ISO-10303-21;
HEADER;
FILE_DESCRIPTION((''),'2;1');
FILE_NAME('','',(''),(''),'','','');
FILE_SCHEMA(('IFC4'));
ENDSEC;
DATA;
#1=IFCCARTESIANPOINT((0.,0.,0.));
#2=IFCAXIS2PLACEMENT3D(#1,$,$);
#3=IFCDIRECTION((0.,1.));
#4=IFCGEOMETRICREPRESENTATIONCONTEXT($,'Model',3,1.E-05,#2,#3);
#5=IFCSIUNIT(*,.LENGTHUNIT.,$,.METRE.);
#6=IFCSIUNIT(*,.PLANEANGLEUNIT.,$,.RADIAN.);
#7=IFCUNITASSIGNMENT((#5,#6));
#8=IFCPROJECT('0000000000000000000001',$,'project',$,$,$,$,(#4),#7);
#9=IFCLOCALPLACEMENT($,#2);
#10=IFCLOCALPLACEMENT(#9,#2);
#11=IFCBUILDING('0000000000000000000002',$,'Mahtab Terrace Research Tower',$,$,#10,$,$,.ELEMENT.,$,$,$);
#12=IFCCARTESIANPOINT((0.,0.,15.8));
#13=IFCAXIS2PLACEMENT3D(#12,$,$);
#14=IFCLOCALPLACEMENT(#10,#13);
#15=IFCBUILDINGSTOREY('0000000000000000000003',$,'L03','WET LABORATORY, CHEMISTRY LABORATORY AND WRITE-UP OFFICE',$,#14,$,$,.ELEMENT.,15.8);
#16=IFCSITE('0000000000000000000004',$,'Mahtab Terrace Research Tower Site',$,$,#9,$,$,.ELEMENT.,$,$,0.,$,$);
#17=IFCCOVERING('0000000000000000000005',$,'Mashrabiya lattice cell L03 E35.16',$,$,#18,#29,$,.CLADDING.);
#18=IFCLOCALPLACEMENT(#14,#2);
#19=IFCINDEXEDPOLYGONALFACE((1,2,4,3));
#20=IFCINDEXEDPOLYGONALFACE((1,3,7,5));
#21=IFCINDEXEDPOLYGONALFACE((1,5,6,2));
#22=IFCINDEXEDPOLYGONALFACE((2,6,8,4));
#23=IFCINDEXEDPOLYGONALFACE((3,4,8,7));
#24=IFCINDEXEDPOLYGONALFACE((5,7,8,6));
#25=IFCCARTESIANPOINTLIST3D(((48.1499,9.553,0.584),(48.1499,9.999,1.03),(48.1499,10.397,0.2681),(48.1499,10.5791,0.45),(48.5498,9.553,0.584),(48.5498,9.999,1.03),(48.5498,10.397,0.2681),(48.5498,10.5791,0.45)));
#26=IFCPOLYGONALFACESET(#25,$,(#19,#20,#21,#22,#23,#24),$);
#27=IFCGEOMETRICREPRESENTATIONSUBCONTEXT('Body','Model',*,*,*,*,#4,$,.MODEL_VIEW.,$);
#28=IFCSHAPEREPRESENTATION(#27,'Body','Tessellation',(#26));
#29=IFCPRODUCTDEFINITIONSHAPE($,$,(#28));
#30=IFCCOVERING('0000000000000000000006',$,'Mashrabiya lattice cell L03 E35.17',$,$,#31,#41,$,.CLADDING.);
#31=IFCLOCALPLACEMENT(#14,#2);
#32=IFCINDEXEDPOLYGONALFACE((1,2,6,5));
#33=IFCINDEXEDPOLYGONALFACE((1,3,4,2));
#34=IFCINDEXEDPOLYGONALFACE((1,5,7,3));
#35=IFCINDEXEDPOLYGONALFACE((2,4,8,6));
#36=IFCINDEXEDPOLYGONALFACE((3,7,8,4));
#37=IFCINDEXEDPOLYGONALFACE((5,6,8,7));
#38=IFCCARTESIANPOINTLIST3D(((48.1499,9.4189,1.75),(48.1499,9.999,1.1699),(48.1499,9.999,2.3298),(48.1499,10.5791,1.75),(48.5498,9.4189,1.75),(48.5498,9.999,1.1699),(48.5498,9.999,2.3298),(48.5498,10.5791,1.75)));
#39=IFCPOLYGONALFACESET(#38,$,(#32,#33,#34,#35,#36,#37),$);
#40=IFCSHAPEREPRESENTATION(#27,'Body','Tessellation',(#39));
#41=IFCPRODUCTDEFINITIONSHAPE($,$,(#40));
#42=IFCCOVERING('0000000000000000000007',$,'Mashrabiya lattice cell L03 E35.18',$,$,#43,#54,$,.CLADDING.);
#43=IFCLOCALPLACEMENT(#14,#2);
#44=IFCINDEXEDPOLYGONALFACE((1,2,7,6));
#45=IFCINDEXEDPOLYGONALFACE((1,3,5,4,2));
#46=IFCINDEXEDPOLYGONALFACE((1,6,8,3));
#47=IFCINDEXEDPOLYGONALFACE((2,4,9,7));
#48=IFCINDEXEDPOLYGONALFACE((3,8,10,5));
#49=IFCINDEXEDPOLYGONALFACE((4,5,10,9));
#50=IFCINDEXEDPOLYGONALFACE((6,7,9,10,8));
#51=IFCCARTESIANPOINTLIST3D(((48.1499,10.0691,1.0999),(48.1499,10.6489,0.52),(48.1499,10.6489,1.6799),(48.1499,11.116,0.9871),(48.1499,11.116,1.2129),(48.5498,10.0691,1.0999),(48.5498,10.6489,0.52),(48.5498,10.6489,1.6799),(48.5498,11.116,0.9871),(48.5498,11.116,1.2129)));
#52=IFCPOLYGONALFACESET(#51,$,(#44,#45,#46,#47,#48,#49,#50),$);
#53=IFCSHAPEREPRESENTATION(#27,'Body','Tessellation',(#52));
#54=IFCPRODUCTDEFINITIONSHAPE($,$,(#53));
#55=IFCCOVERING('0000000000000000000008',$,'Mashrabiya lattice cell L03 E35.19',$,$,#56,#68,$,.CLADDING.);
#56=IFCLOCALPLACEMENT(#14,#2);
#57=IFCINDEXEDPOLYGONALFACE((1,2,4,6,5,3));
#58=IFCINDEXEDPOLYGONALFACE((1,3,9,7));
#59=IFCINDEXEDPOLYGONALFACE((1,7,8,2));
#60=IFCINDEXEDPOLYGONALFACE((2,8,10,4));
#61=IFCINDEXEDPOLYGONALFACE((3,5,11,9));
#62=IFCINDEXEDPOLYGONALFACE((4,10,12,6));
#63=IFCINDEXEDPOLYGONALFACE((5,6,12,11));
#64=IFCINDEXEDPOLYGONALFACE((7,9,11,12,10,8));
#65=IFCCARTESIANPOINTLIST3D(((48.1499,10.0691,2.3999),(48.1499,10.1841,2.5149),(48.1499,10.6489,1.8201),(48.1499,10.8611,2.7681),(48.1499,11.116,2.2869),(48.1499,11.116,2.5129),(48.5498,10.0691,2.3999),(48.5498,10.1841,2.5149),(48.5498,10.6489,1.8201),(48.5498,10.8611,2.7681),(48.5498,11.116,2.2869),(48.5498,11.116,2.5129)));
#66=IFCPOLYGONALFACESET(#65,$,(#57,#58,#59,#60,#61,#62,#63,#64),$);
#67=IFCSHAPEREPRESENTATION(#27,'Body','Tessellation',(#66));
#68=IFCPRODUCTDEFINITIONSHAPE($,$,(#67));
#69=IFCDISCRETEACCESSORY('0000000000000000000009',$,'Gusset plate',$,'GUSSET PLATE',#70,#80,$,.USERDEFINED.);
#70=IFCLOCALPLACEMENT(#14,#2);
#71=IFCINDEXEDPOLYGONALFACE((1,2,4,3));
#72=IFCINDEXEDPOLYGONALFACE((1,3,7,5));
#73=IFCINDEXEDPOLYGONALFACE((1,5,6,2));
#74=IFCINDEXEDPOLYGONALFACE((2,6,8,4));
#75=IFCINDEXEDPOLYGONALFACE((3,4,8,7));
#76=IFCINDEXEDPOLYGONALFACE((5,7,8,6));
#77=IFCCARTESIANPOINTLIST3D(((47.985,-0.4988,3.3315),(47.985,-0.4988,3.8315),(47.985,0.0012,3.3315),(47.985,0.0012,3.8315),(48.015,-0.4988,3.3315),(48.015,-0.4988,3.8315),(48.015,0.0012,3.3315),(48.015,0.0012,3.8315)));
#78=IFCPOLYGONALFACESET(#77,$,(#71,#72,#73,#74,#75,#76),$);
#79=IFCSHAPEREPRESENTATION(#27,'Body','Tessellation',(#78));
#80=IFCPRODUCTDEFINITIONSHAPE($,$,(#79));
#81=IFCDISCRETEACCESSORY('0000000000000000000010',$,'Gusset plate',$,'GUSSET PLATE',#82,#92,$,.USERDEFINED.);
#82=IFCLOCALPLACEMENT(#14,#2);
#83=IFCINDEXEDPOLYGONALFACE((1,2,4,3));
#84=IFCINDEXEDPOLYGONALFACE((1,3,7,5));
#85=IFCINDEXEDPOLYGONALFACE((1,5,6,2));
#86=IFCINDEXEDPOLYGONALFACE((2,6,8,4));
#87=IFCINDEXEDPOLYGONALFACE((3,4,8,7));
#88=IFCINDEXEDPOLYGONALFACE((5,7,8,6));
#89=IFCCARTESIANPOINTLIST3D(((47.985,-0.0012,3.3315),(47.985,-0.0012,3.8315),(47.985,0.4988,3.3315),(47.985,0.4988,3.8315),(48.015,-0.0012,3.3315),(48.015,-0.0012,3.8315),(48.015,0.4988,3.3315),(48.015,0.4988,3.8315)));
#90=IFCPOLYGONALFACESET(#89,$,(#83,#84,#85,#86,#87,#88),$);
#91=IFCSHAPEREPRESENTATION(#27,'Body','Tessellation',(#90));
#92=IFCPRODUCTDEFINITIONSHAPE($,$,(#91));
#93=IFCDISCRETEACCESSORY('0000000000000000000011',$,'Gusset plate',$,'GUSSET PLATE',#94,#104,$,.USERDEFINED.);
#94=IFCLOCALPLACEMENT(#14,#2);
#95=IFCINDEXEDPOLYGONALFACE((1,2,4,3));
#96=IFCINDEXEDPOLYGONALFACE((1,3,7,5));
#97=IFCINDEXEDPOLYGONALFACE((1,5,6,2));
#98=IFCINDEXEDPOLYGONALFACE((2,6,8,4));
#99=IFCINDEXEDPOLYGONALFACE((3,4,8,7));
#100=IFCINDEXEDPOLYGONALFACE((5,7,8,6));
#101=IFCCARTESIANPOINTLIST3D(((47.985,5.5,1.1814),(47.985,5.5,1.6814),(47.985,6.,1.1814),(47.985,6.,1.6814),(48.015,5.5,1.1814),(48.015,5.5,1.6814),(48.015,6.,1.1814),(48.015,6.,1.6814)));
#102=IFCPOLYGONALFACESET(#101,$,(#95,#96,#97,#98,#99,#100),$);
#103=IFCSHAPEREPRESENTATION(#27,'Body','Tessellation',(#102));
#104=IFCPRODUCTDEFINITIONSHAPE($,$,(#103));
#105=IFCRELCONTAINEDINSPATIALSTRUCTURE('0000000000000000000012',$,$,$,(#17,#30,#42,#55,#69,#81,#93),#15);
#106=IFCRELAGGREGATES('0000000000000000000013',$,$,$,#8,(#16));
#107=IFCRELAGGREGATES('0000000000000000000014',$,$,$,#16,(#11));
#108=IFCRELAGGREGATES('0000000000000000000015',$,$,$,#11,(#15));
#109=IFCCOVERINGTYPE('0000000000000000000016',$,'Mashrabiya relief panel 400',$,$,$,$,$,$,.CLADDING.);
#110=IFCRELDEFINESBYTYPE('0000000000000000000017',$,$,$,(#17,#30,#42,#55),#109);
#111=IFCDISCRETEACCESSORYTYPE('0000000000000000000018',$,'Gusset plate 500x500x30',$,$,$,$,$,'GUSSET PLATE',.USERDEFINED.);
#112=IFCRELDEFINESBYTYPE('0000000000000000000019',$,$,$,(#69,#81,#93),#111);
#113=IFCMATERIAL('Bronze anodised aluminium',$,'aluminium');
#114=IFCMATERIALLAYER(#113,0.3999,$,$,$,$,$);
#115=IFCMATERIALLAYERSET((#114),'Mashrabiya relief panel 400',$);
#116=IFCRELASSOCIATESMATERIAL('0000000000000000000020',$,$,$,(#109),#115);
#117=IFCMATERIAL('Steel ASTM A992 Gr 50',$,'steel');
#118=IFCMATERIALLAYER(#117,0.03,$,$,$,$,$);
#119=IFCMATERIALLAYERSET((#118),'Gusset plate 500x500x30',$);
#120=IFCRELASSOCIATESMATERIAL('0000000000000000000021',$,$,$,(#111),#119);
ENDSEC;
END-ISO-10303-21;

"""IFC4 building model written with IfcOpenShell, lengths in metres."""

from ifc_helpers import new_model, si_unit, direction, frame, origin, origin_2d, place, context, subcontext, project, spatial, polyline, rectangle, outline, extrude, material, layer, layer_set, type_object, element, save


model = new_model("IFC4")

# Units and contexts
model_context = context("Model", 3, precision=1e-05, world=origin(), true_north=direction((0.0, 1.0)))
body_context = subcontext(model_context, "Body", "Model", "MODEL_VIEW")
ifc_project = project(units=[si_unit("LENGTHUNIT", "METRE"), si_unit("PLANEANGLEUNIT", "RADIAN")], contexts=[model_context])

# Site, building, storey
site_placement = place(None, origin())
site = spatial("IfcSite", under=ifc_project, at=site_placement, Name="Mahtab Terrace Research Tower Site", CompositionType="ELEMENT", RefElevation=0.0)
building_placement = place(site_placement, origin())
building = spatial("IfcBuilding", under=site, at=building_placement, Name="Mahtab Terrace Research Tower", CompositionType="ELEMENT")
storey_placement = place(building_placement, frame((0.0, 0.0, 15.8)))
storey = spatial("IfcBuildingStorey", under=building, at=storey_placement, Name="L03", Description="WET LABORATORY, CHEMISTRY LABORATORY AND WRITE-UP OFFICE", CompositionType="ELEMENT", Elevation=15.8)

# Shared definitions
ifc_material_1 = material(Name="Steel ASTM A992 Gr 50", Category="steel")

# Coverings
ifc_material_2 = material(Name="Bronze anodised aluminium", Category="aluminium")
ifc_layer_1 = layer(ifc_material_2, 0.3999)
ifc_layer_set_1 = layer_set([ifc_layer_1], Name="Mashrabiya relief panel 400")
covering_type = type_object("IfcCoveringType", Name="Mashrabiya relief panel 400", PredefinedType="CLADDING", material=ifc_layer_set_1)
covering_1_placement = place(storey_placement, frame((48.1499, 9.999, 1.03), z_axis=(-1.0, 0.0, 0.0), x_axis=(0.0, 0.707107, -0.707107)))
element("IfcCovering", 1, at=covering_1_placement, inside=storey, type_object=covering_type, Name="Mashrabiya lattice cell L03 E35.16", PredefinedType="CLADDING", context=body_context, shape_type="SweptSolid", body=[
    extrude(outline(polyline([(0.0, 0.0), (0.8204, 0.0), (0.8202, 0.2574), (0.0, 0.6308), (0.0, 0.0)])), origin(), (0.0, 0.0, -1.0), 0.3999),
])
covering_2_placement = place(storey_placement, frame((48.1499, 9.999, 2.3298), z_axis=(-1.0, 0.0, 0.0), x_axis=(0.0, 0.707256, -0.706958)))
element("IfcCovering", 2, at=covering_2_placement, inside=storey, type_object=covering_type, Name="Mashrabiya lattice cell L03 E35.17", PredefinedType="CLADDING", context=body_context, shape_type="SweptSolid", body=[
    extrude(outline(polyline([(0.0, 0.0), (0.8202, 0.0), (0.82, 0.8204), (-0.0003, 0.8202), (0.0, 0.0)])), origin(), (0.0, 0.0, -1.0), 0.3999),
])
covering_3_placement = place(storey_placement, frame((48.1499, 10.6489, 0.52), z_axis=(-1.0, 0.0, 0.0), x_axis=(0.0, -0.707107, 0.707107)))
element("IfcCovering", 3, at=covering_3_placement, inside=storey, type_object=covering_type, Name="Mashrabiya lattice cell L03 E35.18", PredefinedType="CLADDING", context=body_context, shape_type="SweptSolid", body=[
    extrude(outline(polyline([(0.0, 0.0), (0.82, 0.0), (0.8202, 0.8202), (0.1597, 0.8202), (0.0, 0.6605), (0.0, 0.0)])), origin(), (0.0, 0.0, -1.0), 0.3999),
])
covering_4_placement = place(storey_placement, frame((48.1499, 10.6489, 1.8201), z_axis=(-1.0, 0.0, 0.0), x_axis=(0.0, -0.707107, 0.707107)))
element("IfcCovering", 4, at=covering_4_placement, inside=storey, type_object=covering_type, Name="Mashrabiya lattice cell L03 E35.19", PredefinedType="CLADDING", context=body_context, shape_type="SweptSolid", body=[
    extrude(outline(polyline([(0.0, 0.0), (0.82, 0.0), (0.82, 0.1626), (0.5203, 0.8204), (0.1597, 0.8202), (-0.0002, 0.6603), (0.0, 0.0)])), origin(), (0.0, 0.0, -1.0), 0.3999),
])

# Discrete accessories
ifc_layer_2 = layer(ifc_material_1, 0.03)
ifc_layer_set_2 = layer_set([ifc_layer_2], Name="Gusset plate 500x500x30")
discrete_accessory_type = type_object("IfcDiscreteAccessoryType", Name="Gusset plate 500x500x30", ElementType="GUSSET PLATE", PredefinedType="USERDEFINED", material=ifc_layer_set_2)
for number, where, z_axis, x_axis, name in (
    (5, (48.0, -0.2488, 3.3315), (0.0, 0.0, 1.0), (0.0, 1.0, 0.0), "Gusset plate"),
    (6, (48.0, 0.2488, 3.3315), (0.0, 0.0, 1.0), (0.0, 1.0, 0.0), "Gusset plate"),
    (7, (48.0, 5.75, 1.1814), (0.0, 0.0, 1.0), (0.0, 1.0, 0.0), "Gusset plate"),
):
    element("IfcDiscreteAccessory", number, at=place(storey_placement, frame(where, z_axis=z_axis, x_axis=x_axis)), inside=storey, type_object=discrete_accessory_type, Name=name, ObjectType="GUSSET PLATE", PredefinedType="USERDEFINED", context=body_context, shape_type="SweptSolid", body=[
        extrude(rectangle(XDim=0.5, YDim=0.03, at=origin_2d()), origin(), (0.0, 0.0, 1.0), 0.5),
    ])

save(model, "model.ifc")
